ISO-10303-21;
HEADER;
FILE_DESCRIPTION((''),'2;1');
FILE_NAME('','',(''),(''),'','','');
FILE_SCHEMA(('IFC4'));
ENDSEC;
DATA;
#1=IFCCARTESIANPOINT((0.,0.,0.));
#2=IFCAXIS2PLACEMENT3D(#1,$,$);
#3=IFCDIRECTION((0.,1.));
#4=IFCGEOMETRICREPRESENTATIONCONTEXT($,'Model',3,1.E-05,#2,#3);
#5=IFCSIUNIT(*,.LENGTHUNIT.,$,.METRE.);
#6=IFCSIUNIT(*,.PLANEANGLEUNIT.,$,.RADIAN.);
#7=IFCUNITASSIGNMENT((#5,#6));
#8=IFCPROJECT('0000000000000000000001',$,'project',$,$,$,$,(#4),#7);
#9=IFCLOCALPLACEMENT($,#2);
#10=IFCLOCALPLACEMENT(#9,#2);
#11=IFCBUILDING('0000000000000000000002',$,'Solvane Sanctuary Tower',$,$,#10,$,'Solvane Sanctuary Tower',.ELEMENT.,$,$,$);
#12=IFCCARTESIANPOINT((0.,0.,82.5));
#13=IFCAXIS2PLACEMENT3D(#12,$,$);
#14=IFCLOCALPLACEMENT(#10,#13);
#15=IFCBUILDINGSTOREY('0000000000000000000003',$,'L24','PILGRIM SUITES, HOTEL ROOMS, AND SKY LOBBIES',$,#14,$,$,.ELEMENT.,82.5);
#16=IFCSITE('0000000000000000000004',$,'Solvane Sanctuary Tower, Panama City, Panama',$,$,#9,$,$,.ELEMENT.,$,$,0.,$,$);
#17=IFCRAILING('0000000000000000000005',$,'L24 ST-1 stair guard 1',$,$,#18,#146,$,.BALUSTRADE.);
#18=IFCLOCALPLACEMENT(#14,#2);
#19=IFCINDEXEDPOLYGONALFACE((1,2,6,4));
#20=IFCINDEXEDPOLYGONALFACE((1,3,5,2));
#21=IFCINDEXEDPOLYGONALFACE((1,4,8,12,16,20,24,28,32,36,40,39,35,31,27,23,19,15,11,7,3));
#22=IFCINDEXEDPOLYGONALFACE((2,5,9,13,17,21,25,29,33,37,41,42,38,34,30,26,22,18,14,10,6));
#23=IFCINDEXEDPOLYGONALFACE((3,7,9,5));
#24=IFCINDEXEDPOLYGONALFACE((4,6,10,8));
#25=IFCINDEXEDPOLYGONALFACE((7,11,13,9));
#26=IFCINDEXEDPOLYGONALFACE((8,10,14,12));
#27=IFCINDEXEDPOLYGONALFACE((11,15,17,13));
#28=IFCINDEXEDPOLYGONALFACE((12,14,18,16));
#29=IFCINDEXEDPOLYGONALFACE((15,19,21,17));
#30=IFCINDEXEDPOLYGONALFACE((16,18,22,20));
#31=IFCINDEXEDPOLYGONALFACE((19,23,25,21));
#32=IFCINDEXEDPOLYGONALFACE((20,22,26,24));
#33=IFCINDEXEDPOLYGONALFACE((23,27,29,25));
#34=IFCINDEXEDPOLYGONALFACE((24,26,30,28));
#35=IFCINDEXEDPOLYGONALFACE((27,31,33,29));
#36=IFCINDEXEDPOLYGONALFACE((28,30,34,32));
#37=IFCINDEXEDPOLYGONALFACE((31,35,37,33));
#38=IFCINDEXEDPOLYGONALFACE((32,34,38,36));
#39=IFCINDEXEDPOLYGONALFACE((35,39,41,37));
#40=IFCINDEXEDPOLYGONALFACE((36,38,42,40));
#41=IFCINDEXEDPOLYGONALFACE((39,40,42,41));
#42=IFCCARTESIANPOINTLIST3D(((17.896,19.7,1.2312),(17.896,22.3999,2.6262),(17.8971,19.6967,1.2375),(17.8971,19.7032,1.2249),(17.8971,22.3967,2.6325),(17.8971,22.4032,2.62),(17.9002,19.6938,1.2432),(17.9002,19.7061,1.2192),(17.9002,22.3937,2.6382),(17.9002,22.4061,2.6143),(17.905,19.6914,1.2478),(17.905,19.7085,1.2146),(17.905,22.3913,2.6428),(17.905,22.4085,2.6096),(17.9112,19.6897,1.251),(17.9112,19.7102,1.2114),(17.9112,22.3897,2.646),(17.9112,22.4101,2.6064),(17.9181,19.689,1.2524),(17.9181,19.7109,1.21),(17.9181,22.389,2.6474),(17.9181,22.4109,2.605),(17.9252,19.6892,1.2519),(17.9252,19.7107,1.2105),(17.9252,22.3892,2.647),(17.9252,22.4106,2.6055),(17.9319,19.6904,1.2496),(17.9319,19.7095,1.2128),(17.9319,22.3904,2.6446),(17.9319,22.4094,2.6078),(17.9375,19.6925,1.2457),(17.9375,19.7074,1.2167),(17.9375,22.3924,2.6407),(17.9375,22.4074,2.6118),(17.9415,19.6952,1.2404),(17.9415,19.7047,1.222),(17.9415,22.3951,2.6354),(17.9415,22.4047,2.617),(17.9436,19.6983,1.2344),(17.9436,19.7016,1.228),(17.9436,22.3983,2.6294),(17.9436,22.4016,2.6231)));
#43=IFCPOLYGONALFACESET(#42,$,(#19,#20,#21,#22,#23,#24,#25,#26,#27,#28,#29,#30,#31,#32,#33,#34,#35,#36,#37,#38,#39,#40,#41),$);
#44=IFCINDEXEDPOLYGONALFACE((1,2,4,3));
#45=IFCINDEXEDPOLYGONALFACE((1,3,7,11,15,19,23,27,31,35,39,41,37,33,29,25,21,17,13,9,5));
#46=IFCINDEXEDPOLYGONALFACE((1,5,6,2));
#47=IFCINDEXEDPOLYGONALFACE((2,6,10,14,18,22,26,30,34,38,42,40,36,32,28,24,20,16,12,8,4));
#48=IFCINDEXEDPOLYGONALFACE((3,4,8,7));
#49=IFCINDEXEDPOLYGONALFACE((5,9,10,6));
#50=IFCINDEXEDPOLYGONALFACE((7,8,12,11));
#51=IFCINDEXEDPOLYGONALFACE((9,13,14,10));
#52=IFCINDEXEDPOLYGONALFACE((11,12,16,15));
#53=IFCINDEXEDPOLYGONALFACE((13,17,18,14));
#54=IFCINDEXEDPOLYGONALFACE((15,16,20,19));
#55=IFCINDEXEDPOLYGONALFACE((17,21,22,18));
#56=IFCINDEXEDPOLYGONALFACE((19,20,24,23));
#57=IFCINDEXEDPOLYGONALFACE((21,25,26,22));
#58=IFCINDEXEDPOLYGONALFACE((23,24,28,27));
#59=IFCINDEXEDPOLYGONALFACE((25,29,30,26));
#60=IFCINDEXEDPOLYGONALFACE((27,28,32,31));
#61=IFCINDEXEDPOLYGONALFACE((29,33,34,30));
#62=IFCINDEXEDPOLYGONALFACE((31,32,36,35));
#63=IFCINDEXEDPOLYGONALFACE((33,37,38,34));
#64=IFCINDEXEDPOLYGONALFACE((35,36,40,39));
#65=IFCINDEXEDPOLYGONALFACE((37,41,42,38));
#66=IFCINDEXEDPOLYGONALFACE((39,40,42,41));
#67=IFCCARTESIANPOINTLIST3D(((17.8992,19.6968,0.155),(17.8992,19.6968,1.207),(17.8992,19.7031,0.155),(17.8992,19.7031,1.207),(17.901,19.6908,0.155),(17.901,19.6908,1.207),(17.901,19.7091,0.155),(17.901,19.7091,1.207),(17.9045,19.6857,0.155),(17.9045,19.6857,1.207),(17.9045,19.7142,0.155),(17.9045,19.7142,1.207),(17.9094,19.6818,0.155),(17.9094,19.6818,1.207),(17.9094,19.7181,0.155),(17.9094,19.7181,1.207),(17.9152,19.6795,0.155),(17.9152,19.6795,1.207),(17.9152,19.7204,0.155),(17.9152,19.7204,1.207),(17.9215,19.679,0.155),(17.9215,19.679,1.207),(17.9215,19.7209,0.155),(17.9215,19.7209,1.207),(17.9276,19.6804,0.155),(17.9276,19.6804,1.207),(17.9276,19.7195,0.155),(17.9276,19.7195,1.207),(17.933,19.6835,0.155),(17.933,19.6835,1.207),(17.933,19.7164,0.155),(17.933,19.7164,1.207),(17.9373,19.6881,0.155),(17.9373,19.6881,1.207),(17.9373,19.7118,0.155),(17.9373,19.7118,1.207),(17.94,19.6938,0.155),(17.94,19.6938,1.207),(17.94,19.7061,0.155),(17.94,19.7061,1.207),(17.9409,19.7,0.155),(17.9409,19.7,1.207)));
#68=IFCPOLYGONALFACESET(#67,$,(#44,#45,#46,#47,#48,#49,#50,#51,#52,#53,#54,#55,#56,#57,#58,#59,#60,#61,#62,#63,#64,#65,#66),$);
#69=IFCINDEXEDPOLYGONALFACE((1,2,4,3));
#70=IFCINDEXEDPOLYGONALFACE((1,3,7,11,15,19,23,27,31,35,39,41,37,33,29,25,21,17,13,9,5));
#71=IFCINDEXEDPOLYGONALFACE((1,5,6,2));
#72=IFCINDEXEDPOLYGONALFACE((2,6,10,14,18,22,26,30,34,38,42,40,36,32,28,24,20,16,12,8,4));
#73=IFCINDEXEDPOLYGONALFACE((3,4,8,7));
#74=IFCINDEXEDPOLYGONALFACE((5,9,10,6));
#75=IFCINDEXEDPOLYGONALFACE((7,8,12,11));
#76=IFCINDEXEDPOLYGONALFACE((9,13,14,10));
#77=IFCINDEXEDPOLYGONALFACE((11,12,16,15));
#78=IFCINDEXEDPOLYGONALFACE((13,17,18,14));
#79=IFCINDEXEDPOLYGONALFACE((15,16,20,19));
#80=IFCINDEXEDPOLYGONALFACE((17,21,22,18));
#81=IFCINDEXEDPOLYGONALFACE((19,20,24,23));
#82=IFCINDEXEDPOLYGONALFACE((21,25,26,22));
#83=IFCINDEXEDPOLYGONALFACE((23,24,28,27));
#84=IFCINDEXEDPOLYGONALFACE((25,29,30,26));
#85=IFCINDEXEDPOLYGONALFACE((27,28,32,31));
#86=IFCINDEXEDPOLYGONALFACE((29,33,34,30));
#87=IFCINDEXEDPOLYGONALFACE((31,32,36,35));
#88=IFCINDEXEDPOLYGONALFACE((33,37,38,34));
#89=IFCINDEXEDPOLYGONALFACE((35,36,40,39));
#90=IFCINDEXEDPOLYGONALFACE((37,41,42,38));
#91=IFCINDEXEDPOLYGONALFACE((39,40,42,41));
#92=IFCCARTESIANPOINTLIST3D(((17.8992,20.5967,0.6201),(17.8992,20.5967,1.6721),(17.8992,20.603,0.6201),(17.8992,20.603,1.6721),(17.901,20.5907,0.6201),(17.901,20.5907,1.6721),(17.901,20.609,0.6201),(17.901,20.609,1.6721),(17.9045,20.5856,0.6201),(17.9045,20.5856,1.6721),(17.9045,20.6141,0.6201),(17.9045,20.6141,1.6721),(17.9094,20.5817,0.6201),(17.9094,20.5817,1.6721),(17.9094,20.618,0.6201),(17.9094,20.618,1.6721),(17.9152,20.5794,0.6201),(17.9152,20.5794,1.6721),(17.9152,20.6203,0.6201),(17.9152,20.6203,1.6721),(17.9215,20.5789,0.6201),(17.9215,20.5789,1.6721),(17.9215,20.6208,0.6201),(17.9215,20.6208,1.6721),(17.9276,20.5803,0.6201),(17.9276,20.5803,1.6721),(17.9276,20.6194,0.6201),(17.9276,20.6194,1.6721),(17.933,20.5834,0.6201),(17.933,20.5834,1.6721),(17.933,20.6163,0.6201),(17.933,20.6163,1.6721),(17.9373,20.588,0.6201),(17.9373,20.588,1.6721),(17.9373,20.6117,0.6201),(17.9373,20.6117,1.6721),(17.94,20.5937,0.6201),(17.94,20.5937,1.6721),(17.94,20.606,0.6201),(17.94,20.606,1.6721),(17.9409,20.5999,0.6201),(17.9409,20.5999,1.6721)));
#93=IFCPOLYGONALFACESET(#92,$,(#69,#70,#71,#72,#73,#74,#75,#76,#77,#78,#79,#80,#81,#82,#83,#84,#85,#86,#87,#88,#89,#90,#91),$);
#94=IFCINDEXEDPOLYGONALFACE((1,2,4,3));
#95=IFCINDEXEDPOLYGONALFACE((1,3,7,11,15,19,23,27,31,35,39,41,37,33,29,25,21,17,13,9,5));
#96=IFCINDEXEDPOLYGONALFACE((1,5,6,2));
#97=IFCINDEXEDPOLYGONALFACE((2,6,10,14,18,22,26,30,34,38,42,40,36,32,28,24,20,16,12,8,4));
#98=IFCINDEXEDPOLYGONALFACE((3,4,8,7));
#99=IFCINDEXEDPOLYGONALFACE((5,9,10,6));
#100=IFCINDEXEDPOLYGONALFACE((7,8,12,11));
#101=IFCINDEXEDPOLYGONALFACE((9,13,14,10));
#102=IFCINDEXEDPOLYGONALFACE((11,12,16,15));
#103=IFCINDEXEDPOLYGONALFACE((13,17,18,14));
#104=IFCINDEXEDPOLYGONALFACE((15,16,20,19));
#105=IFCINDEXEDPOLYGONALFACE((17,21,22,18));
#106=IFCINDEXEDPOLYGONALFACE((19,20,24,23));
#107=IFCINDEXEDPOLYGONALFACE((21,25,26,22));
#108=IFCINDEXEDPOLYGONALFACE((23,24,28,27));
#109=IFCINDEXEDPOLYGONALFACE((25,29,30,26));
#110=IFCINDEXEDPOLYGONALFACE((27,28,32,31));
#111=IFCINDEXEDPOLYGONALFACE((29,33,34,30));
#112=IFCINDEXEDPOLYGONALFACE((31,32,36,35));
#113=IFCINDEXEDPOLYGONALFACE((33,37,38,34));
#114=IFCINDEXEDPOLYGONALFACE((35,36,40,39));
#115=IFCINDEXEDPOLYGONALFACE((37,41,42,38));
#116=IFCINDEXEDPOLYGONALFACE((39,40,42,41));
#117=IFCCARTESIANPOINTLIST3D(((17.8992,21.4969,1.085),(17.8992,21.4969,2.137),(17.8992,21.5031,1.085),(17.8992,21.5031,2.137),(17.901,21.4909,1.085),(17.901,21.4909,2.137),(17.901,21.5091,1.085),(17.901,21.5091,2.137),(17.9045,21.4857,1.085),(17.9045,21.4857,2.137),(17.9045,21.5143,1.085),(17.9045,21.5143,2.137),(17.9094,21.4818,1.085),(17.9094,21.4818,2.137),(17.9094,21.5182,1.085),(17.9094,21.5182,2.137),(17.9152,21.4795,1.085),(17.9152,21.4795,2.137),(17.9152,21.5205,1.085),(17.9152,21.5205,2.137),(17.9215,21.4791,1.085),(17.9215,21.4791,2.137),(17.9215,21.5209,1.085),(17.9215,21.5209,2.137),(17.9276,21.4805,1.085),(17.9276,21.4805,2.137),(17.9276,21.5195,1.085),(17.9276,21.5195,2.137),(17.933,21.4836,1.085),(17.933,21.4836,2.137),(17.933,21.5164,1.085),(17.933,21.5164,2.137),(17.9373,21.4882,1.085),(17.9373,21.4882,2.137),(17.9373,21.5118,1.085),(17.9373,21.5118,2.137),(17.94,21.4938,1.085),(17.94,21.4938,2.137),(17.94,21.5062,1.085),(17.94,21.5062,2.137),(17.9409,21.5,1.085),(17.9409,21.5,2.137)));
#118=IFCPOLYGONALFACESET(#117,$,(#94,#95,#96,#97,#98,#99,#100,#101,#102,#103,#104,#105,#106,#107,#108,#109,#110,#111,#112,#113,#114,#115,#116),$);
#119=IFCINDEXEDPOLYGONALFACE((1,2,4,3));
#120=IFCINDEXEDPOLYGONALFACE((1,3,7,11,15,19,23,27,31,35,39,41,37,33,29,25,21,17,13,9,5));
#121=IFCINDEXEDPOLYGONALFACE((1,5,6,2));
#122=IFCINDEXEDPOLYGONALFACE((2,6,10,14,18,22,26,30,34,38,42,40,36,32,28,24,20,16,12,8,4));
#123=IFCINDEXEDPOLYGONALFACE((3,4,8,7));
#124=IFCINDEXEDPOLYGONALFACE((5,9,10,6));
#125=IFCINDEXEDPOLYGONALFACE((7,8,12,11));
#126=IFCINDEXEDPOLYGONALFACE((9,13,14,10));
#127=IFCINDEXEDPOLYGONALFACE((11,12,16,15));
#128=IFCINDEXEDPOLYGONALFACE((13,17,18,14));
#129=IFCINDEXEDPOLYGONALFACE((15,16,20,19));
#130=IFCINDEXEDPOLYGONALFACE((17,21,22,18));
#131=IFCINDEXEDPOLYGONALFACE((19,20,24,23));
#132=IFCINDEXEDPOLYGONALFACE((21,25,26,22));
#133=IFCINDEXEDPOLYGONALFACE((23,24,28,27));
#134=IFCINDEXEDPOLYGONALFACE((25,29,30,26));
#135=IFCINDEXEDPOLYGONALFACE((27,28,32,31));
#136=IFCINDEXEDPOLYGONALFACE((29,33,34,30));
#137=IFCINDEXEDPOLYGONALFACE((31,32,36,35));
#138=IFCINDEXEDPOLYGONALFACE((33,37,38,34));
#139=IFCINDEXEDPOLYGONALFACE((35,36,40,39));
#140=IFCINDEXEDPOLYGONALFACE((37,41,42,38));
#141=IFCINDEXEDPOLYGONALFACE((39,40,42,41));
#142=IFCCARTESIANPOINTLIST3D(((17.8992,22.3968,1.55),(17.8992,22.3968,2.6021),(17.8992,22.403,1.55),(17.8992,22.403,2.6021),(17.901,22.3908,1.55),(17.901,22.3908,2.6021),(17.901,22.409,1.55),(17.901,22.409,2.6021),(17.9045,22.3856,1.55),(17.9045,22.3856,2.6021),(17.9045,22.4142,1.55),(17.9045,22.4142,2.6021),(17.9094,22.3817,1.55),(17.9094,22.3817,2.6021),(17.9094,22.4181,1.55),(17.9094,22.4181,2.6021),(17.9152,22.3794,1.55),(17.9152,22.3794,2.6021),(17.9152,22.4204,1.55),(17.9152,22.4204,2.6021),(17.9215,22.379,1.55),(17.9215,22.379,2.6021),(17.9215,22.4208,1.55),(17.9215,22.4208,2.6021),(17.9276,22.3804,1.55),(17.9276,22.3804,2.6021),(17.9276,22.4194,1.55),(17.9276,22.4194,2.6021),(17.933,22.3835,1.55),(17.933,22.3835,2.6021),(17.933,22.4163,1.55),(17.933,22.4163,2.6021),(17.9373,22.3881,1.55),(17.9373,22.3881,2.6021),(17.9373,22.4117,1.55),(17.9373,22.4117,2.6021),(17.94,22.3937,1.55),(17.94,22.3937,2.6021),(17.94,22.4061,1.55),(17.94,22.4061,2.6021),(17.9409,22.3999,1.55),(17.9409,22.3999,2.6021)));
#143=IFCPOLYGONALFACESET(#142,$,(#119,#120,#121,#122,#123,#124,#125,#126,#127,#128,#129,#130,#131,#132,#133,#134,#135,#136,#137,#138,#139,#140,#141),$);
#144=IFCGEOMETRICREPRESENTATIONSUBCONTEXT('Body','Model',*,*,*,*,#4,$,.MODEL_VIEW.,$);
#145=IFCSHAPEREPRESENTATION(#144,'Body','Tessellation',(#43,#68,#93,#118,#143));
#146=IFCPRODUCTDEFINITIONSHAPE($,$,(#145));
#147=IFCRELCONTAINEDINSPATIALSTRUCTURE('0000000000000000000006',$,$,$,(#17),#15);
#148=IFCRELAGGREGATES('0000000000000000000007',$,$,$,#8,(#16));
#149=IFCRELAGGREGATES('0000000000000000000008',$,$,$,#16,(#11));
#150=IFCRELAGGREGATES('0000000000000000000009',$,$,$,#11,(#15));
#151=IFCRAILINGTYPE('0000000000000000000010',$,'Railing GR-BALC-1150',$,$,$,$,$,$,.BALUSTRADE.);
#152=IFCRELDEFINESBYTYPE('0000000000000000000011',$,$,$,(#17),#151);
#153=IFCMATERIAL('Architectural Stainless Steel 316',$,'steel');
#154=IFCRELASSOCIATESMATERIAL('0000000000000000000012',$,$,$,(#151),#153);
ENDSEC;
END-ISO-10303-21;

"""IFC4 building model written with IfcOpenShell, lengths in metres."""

from ifc_helpers import new_model, si_unit, direction, frame, origin, origin_2d, place, context, subcontext, project, spatial, circle, extrude, material, type_object, element, save


model = new_model("IFC4")

# Units and contexts
model_context = context("Model", 3, precision=1e-05, world=origin(), true_north=direction((0.0, 1.0)))
body_context = subcontext(model_context, "Body", "Model", "MODEL_VIEW")
ifc_project = project(units=[si_unit("LENGTHUNIT", "METRE"), si_unit("PLANEANGLEUNIT", "RADIAN")], contexts=[model_context])

# Site, building, storey
site_placement = place(None, origin())
site = spatial("IfcSite", under=ifc_project, at=site_placement, Name="Solvane Sanctuary Tower, Panama City, Panama", CompositionType="ELEMENT", RefElevation=0.0)
building_placement = place(site_placement, origin())
building = spatial("IfcBuilding", under=site, at=building_placement, Name="Solvane Sanctuary Tower", LongName="Solvane Sanctuary Tower", CompositionType="ELEMENT")
storey_placement = place(building_placement, frame((0.0, 0.0, 82.5)))
storey = spatial("IfcBuildingStorey", under=building, at=storey_placement, Name="L24", Description="PILGRIM SUITES, HOTEL ROOMS, AND SKY LOBBIES", CompositionType="ELEMENT", Elevation=82.5)

# Shared definitions
ifc_material_1 = material(Name="Architectural Stainless Steel 316", Category="steel")

# Railing
railing_type_1 = type_object("IfcRailingType", Name="Railing GR-BALC-1150", PredefinedType="BALUSTRADE", material=ifc_material_1)
railing_1_placement = place(storey_placement, frame((17.9199, 19.7, 0.155)))
element("IfcRailing", 1, at=railing_1_placement, inside=storey, type_object=railing_type_1, Name="L24 ST-1 stair guard 1", PredefinedType="BALUSTRADE", context=body_context, shape_type="SweptSolid", body=[
    extrude(circle(Radius=0.0239, at=origin_2d()), frame((0.0, 0.0, 1.0762), z_axis=(0.0, 0.88842, 0.459032), x_axis=(-1.0, 0.0, 0.0)), (0.0, 0.0, 1.0), 3.0391),
    extrude(circle(Radius=0.021, at=origin_2d()), origin(), (0.0, 0.0, 1.0), 1.052),
    extrude(circle(Radius=0.021, at=origin_2d()), frame((0.0, 0.8999, 0.4651)), (0.0, 0.0, 1.0), 1.052),
    extrude(circle(Radius=0.021, at=origin_2d()), frame((0.0, 1.8, 0.9299)), (0.0, 0.0, 1.0), 1.052),
    extrude(circle(Radius=0.021, at=origin_2d()), frame((0.0, 2.7, 1.395)), (0.0, 0.0, 1.0), 1.052),
])

save(model, "model.ifc")
